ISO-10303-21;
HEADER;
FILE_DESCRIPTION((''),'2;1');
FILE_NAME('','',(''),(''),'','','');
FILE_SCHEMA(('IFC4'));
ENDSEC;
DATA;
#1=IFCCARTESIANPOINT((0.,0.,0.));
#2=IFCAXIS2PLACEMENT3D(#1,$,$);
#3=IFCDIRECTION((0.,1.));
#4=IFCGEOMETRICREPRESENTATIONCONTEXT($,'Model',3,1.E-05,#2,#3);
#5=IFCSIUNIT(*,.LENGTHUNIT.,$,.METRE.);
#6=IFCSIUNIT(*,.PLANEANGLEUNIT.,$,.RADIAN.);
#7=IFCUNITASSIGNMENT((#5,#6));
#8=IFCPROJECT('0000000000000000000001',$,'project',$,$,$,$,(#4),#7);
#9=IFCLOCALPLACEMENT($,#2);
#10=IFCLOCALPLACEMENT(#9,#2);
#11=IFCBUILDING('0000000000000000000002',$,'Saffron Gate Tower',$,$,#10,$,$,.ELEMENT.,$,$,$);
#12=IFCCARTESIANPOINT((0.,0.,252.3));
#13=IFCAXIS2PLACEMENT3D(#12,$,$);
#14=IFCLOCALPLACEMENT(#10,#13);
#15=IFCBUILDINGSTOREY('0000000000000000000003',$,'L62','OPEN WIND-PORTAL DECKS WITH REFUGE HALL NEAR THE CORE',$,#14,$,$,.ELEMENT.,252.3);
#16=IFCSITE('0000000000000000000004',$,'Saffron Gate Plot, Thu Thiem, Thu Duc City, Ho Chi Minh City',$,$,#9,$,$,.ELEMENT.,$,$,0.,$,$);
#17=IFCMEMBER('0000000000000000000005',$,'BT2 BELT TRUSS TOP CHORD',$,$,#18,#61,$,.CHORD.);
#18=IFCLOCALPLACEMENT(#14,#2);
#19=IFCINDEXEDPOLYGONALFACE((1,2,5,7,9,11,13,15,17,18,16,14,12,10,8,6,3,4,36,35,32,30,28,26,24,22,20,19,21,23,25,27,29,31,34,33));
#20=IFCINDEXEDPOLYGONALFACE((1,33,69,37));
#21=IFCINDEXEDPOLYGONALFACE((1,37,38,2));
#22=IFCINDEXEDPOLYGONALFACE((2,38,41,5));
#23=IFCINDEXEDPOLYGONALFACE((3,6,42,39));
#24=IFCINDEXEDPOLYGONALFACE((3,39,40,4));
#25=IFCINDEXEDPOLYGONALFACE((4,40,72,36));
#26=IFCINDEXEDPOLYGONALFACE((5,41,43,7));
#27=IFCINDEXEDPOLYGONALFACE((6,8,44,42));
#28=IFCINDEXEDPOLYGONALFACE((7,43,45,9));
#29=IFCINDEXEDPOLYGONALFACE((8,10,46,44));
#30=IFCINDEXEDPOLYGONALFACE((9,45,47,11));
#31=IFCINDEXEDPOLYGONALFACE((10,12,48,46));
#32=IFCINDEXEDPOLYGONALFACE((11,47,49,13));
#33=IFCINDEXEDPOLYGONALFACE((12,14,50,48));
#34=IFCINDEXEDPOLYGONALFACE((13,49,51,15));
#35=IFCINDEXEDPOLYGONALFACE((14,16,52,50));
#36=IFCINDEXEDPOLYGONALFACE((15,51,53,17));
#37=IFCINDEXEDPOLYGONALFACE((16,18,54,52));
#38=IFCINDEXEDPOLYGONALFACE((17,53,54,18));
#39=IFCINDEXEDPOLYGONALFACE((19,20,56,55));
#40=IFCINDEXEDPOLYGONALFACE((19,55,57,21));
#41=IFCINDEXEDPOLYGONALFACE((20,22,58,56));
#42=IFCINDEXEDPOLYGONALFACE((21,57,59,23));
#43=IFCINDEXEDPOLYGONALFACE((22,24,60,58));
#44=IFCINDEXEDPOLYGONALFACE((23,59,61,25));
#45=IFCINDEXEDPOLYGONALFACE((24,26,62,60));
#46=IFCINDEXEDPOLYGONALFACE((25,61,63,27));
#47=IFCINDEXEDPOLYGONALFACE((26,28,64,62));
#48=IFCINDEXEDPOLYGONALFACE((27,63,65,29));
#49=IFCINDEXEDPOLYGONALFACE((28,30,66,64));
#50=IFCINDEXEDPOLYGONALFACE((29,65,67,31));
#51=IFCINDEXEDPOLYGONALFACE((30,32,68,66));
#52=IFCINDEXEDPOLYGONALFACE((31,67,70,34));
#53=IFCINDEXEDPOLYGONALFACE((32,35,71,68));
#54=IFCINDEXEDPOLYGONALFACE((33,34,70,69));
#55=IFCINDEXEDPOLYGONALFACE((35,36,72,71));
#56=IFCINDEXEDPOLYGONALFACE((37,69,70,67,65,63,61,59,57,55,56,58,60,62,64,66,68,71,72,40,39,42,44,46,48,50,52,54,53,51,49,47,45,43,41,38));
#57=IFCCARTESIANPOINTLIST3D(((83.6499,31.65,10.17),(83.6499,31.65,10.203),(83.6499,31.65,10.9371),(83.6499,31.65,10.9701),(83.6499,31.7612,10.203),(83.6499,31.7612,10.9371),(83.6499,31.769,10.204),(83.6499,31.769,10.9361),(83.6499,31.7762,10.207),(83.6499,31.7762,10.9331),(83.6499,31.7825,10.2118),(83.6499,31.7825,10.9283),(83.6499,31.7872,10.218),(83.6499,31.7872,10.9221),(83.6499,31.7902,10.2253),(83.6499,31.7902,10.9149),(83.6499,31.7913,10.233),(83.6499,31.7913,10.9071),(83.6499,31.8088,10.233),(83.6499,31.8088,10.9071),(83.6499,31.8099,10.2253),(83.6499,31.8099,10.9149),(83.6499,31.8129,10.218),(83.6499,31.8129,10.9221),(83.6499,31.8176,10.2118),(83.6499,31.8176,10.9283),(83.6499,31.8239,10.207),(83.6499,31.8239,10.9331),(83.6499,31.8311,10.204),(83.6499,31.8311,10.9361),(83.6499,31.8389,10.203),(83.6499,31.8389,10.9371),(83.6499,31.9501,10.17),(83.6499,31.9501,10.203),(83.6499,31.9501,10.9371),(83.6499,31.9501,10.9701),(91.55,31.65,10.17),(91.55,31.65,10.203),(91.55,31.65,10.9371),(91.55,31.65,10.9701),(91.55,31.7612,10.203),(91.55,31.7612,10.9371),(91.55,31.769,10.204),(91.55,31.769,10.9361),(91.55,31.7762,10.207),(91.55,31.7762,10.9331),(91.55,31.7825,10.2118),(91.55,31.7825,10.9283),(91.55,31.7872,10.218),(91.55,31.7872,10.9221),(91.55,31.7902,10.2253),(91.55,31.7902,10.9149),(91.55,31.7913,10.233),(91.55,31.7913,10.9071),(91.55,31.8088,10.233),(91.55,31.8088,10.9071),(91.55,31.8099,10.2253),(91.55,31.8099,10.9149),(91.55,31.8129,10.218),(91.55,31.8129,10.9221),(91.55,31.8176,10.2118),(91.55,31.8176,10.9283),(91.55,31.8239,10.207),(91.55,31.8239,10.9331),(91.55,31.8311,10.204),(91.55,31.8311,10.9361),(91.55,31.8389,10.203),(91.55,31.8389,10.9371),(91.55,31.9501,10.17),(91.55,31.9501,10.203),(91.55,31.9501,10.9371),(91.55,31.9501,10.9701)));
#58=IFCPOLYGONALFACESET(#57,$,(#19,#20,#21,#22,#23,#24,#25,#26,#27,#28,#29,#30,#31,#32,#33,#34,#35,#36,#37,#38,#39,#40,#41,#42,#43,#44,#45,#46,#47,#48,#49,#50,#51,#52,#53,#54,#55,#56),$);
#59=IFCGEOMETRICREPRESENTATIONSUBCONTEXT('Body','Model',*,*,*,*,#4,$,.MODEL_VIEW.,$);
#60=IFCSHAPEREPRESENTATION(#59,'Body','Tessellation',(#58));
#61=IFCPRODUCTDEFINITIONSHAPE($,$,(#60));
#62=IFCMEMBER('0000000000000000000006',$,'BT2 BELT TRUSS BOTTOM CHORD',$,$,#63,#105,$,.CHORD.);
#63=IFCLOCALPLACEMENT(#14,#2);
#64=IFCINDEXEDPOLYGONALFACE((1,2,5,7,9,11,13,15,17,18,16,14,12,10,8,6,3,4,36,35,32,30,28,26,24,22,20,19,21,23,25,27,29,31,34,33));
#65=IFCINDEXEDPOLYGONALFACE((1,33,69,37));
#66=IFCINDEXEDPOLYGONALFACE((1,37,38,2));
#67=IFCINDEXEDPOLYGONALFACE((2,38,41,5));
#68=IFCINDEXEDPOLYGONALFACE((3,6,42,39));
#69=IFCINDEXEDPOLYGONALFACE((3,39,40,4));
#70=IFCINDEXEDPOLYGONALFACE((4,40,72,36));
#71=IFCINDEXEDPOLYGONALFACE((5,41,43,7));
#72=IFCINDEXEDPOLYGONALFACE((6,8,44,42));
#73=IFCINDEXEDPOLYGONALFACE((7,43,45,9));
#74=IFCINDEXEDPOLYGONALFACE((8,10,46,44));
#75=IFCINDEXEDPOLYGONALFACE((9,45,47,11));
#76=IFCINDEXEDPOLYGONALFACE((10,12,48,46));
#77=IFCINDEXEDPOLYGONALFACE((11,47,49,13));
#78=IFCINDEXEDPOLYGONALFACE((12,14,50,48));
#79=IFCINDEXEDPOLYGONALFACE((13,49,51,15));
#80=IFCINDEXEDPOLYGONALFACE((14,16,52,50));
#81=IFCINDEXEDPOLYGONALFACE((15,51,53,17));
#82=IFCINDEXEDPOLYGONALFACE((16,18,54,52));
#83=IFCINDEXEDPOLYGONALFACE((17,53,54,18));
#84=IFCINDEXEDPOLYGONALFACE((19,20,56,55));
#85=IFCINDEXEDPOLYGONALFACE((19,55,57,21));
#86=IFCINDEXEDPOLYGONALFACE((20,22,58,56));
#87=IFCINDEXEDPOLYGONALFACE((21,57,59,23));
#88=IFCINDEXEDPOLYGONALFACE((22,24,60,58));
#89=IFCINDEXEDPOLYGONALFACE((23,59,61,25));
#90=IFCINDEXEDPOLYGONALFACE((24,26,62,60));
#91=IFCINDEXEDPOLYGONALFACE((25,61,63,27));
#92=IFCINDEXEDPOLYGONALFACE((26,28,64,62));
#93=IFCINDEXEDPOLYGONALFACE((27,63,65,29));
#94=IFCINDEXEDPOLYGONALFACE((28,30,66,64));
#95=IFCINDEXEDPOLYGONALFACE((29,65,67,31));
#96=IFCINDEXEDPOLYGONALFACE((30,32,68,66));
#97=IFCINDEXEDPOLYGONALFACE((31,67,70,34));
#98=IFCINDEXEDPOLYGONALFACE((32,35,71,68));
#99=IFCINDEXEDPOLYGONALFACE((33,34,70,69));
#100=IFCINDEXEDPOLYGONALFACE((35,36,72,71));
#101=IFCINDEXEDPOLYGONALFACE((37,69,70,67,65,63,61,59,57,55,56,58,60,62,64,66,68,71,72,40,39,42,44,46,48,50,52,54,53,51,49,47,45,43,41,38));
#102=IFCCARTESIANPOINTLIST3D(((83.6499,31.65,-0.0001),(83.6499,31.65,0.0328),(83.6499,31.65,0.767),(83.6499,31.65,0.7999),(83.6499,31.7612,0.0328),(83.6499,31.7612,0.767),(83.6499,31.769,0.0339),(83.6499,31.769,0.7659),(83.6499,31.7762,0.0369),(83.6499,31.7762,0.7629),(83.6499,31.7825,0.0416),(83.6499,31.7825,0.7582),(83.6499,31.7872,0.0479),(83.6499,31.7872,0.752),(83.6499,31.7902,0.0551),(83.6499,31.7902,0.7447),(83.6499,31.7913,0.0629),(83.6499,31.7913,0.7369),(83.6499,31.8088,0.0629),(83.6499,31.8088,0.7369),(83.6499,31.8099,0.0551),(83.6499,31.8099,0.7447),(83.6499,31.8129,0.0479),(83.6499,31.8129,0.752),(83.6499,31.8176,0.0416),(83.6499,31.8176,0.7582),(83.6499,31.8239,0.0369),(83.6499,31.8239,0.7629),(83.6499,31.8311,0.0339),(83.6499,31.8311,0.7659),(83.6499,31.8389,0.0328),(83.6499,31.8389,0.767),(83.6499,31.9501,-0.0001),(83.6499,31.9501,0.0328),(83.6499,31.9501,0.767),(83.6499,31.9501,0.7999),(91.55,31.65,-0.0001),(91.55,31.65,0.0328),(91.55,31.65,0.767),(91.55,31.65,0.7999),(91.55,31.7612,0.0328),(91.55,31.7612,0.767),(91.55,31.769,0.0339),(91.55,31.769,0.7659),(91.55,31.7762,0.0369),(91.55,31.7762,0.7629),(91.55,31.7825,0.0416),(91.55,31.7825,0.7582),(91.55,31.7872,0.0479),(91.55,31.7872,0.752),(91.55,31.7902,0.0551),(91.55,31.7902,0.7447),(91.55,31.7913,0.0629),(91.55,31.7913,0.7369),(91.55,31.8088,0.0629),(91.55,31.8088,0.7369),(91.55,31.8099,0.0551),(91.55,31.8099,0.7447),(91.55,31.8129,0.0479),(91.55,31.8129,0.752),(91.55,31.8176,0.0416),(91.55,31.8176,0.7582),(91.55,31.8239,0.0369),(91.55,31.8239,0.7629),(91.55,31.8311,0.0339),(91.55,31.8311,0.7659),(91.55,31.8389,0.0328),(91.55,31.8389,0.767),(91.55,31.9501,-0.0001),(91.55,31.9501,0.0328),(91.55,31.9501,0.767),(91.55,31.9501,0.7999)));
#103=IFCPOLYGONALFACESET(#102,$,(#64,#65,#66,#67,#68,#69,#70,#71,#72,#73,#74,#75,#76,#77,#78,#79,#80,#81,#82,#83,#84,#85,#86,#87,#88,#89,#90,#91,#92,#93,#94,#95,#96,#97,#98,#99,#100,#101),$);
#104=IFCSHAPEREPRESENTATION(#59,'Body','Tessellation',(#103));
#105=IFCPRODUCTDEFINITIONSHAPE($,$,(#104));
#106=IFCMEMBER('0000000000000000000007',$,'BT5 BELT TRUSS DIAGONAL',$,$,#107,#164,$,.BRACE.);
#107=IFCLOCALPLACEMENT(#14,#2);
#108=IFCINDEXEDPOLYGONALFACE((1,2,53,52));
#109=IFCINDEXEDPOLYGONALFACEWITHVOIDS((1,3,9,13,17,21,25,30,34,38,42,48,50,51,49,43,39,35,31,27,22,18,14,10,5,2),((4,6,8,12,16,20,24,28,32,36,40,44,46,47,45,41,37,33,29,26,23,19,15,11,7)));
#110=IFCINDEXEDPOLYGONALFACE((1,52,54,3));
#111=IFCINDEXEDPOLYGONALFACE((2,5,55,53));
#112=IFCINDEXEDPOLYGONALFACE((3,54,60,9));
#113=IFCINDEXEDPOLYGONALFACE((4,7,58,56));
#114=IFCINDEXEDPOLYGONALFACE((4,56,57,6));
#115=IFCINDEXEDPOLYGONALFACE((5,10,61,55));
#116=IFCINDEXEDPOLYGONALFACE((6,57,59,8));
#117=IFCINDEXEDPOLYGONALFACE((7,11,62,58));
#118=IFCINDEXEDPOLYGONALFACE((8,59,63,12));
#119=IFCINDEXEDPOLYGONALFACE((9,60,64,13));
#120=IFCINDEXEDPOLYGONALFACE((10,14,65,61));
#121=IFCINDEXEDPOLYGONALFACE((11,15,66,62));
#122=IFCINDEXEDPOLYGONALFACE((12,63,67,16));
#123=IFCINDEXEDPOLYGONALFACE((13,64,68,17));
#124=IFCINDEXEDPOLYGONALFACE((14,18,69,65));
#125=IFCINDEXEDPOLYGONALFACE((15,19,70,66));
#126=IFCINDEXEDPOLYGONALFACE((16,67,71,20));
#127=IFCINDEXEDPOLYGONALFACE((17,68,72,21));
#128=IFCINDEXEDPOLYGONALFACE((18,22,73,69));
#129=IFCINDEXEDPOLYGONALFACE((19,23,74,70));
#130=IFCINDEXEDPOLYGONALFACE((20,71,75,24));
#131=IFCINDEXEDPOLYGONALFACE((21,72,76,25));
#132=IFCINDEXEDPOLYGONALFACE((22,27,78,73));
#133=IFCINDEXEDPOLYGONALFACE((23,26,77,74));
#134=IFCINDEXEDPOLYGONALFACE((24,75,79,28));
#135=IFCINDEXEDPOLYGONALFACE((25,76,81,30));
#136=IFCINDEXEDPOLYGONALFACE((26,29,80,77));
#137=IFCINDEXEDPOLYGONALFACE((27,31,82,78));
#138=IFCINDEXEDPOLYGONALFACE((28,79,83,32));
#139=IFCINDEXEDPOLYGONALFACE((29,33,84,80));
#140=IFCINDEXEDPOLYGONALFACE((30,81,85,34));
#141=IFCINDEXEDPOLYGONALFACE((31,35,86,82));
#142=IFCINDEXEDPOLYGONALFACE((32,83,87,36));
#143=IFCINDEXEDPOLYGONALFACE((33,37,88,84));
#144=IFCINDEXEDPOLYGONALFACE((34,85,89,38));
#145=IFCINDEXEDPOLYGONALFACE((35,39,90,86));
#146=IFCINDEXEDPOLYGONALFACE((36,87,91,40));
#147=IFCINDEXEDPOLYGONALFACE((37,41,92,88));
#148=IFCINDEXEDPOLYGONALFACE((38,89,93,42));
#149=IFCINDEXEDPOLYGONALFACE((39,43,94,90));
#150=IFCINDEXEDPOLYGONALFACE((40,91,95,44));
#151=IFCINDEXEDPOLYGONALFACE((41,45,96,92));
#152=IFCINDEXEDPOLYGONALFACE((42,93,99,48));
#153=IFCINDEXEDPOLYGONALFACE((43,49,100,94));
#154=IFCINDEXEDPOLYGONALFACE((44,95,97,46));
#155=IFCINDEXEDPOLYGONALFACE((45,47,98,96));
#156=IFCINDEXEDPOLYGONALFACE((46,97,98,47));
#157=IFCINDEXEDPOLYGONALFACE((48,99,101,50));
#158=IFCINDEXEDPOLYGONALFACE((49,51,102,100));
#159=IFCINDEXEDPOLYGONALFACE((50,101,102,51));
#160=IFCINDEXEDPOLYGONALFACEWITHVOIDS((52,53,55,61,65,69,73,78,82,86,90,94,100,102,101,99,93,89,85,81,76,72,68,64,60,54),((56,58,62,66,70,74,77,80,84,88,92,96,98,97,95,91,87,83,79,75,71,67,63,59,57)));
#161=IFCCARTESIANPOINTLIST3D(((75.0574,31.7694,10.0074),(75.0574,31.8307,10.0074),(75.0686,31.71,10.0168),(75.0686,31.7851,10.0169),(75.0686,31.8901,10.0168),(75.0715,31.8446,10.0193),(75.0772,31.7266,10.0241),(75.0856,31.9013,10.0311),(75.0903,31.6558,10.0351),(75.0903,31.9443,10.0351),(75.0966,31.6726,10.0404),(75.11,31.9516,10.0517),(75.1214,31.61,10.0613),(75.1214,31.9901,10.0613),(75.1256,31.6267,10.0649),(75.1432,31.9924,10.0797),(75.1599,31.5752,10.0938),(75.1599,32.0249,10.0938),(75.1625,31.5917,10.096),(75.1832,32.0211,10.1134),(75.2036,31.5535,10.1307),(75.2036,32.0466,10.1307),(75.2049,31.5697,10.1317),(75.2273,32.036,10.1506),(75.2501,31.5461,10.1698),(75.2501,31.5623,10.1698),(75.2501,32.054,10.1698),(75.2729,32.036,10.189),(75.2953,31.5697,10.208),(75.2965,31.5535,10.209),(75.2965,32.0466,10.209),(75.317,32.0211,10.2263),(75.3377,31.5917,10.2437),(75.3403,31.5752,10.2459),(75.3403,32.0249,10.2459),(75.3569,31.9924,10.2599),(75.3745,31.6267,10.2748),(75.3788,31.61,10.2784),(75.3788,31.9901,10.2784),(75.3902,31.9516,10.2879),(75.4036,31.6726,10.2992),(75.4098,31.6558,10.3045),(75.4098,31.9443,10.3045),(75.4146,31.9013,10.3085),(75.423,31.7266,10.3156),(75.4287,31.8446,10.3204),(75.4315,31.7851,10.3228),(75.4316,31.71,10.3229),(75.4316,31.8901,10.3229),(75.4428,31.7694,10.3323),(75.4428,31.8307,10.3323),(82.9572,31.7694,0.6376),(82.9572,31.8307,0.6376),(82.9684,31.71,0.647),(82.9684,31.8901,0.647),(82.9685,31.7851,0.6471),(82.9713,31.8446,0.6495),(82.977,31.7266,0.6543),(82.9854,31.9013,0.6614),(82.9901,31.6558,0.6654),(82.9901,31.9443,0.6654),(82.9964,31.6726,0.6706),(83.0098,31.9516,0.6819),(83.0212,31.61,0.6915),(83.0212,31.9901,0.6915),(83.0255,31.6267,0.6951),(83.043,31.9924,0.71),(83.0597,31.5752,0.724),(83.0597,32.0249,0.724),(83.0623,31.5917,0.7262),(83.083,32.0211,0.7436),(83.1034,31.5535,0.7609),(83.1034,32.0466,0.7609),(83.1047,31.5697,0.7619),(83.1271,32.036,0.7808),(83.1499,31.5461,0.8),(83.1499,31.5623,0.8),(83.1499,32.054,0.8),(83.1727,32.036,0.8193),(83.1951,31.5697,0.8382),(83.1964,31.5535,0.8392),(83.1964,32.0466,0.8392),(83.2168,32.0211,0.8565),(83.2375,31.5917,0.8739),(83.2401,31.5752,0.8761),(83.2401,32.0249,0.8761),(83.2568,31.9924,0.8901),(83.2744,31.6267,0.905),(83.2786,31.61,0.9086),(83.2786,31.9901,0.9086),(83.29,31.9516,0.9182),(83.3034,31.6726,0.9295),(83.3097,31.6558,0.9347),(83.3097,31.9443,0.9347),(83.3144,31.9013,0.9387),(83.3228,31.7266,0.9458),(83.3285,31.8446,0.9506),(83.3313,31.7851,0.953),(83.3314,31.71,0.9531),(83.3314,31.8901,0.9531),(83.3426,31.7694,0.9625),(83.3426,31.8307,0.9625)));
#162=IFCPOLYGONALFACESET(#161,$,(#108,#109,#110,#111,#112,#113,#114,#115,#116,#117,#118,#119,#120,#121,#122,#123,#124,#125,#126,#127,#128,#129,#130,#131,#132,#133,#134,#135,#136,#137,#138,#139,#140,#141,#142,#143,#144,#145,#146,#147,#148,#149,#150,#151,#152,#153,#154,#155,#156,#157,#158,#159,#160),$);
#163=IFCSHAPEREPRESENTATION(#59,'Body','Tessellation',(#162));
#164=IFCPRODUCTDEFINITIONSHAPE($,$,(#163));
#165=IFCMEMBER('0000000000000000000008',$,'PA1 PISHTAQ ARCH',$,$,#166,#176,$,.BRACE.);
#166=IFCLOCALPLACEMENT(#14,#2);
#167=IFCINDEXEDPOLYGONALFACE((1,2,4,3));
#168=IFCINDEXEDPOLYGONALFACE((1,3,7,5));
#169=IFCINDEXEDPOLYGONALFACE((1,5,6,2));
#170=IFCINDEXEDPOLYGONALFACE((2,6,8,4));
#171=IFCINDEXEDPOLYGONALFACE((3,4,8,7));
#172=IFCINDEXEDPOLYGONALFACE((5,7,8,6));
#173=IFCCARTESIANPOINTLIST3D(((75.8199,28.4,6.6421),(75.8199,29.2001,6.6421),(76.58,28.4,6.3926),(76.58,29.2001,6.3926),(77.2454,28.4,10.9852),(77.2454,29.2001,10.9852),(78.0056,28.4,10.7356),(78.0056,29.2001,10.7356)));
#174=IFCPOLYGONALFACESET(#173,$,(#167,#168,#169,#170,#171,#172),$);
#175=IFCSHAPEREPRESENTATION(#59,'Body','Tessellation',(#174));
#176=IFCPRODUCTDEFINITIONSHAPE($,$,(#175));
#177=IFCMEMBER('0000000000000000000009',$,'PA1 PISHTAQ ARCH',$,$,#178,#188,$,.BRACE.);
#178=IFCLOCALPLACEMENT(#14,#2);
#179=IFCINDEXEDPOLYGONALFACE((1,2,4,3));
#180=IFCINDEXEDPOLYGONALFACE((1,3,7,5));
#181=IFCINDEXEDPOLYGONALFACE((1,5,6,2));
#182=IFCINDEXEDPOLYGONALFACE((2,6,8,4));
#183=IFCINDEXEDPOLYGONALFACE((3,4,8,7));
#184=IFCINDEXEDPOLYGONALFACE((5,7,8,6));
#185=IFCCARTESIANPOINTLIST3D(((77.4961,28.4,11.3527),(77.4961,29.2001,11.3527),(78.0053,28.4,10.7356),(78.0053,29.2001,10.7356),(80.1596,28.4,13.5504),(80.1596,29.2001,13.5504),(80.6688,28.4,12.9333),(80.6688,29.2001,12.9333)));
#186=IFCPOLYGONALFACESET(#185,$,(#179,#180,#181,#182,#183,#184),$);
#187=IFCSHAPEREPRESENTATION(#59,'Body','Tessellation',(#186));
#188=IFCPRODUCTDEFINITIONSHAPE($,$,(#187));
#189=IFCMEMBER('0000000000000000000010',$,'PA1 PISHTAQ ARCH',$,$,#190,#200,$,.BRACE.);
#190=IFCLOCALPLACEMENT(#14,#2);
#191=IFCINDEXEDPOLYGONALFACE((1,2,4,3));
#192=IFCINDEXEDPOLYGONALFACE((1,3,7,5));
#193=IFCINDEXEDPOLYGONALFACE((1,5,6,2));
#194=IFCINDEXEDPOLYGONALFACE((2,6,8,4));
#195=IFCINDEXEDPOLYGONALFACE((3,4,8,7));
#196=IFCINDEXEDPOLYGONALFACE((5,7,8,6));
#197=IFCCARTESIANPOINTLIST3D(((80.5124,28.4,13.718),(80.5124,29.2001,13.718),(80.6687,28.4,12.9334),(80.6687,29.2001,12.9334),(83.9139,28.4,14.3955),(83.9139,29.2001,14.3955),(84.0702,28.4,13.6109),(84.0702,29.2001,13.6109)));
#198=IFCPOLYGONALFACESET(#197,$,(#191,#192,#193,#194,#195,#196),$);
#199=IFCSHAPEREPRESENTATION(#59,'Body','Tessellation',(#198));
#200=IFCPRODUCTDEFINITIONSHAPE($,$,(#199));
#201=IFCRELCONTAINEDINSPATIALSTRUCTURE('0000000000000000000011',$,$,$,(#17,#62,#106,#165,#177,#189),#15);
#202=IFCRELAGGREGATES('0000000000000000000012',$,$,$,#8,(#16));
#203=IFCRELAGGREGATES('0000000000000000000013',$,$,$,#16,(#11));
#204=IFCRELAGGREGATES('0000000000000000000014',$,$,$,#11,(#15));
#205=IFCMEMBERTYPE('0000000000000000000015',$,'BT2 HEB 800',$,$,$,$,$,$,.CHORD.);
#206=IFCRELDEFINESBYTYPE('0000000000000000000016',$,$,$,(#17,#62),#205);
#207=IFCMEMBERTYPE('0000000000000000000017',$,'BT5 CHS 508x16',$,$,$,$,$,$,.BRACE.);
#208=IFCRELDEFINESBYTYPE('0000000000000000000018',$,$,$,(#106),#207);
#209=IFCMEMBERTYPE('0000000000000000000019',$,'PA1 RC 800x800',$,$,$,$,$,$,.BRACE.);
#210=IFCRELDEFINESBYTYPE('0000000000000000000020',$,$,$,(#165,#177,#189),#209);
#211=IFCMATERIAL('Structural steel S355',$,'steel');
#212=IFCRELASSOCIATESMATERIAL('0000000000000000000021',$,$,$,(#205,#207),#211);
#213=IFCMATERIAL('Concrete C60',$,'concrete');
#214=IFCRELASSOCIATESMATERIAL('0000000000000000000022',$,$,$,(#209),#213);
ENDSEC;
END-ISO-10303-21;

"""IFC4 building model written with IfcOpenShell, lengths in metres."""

from ifc_helpers import new_model, si_unit, direction, frame, origin, origin_2d, place, context, subcontext, project, spatial, rectangle, hollow_circle, i_section, extrude, material, material_profile, profile_set, type_object, element, save


model = new_model("IFC4")

# Units and contexts
model_context = context("Model", 3, precision=1e-05, world=origin(), true_north=direction((0.0, 1.0)))
body_context = subcontext(model_context, "Body", "Model", "MODEL_VIEW")
ifc_project = project(units=[si_unit("LENGTHUNIT", "METRE"), si_unit("PLANEANGLEUNIT", "RADIAN")], contexts=[model_context])

# Site, building, storey
site_placement = place(None, origin())
site = spatial("IfcSite", under=ifc_project, at=site_placement, Name="Saffron Gate Plot, Thu Thiem, Thu Duc City, Ho Chi Minh City", CompositionType="ELEMENT", RefElevation=0.0)
building_placement = place(site_placement, origin())
building = spatial("IfcBuilding", under=site, at=building_placement, Name="Saffron Gate Tower", CompositionType="ELEMENT")
storey_placement = place(building_placement, frame((0.0, 0.0, 252.3)))
storey = spatial("IfcBuildingStorey", under=building, at=storey_placement, Name="L62", Description="OPEN WIND-PORTAL DECKS WITH REFUGE HALL NEAR THE CORE", CompositionType="ELEMENT", Elevation=252.3)

# Shared definitions
ifc_material_1 = material(Name="Structural steel S355", Category="steel")

# Members
ifc_material_profile_1 = material_profile(ifc_material_1, i_section(OverallWidth=0.3, OverallDepth=0.8, WebThickness=0.0176, FlangeThickness=0.033, FilletRadius=0.03, at=origin_2d()))
ifc_profile_set_1 = profile_set([ifc_material_profile_1], Name="Structural steel S355")
member_type_1 = type_object("IfcMemberType", Name="BT2 HEB 800", PredefinedType="CHORD", material=ifc_profile_set_1)
for number, where, z_axis, x_axis, name in (
    (1, (83.6499, 31.8, 10.5701), (1.0, 0.0, 0.0), (0.0, 1.0, 0.0), "BT2 BELT TRUSS TOP CHORD"),
    (2, (83.6499, 31.8, 0.3999), (1.0, 0.0, 0.0), (0.0, 1.0, 0.0), "BT2 BELT TRUSS BOTTOM CHORD"),
):
    element("IfcMember", number, at=place(storey_placement, frame(where, z_axis=z_axis, x_axis=x_axis)), inside=storey, type_object=member_type_1, Name=name, PredefinedType="CHORD", context=body_context, shape_type="SweptSolid", body=[
        extrude(i_section(OverallWidth=0.3, OverallDepth=0.8, WebThickness=0.0176, FlangeThickness=0.033, FilletRadius=0.03, at=origin_2d()), origin(), (0.0, 0.0, 1.0), 7.9001),
    ])
ifc_material_profile_2 = material_profile(ifc_material_1, hollow_circle(Radius=0.2539, WallThickness=0.0161, at=origin_2d()))
ifc_profile_set_2 = profile_set([ifc_material_profile_2], Name="Structural steel S355")
member_type_2 = type_object("IfcMemberType", Name="BT5 CHS 508x16", PredefinedType="BRACE", material=ifc_profile_set_2)
member_1_placement = place(storey_placement, frame((83.1499, 31.8, 0.8), z_axis=(-0.644588, 0.0, 0.76453), x_axis=(0.0, -1.0, 0.0)))
element("IfcMember", 3, at=member_1_placement, inside=storey, type_object=member_type_2, Name="BT5 BELT TRUSS DIAGONAL", PredefinedType="BRACE", context=body_context, shape_type="SweptSolid", body=[
    extrude(hollow_circle(Radius=0.2539, WallThickness=0.0161, at=origin_2d()), origin(), (0.0, 0.0, 1.0), 12.2556),
])
ifc_material_2 = material(Name="Concrete C60", Category="concrete")
ifc_material_profile_3 = material_profile(ifc_material_2, rectangle(XDim=0.8, YDim=0.8, at=origin_2d()))
ifc_profile_set_3 = profile_set([ifc_material_profile_3], Name="Concrete C60")
member_type_3 = type_object("IfcMemberType", Name="PA1 RC 800x800", PredefinedType="BRACE", material=ifc_profile_set_3)
member_2_placement = place(storey_placement, frame((76.2, 28.8, 6.5173), z_axis=(0.311866, 0.0, 0.950126), x_axis=(0.0, 1.0, 0.0)))
element("IfcMember", 4, at=member_2_placement, inside=storey, type_object=member_type_3, Name="PA1 PISHTAQ ARCH", PredefinedType="BRACE", context=body_context, shape_type="SweptSolid", body=[
    extrude(rectangle(XDim=0.8, YDim=0.8, at=origin_2d()), origin(), (0.0, 0.0, 1.0), 4.571),
])
member_3_placement = place(storey_placement, frame((77.7507, 28.8, 11.0442), z_axis=(0.77133, 0.0, 0.636436), x_axis=(0.0, 1.0, 0.0)))
element("IfcMember", 5, at=member_3_placement, inside=storey, type_object=member_type_3, Name="PA1 PISHTAQ ARCH", PredefinedType="BRACE", context=body_context, shape_type="SweptSolid", body=[
    extrude(rectangle(XDim=0.8, YDim=0.8, at=origin_2d()), origin(), (0.0, 0.0, 1.0), 3.4531),
])
member_4_placement = place(storey_placement, frame((80.5906, 28.8, 13.3257), z_axis=(0.980735, 0.0, 0.195344), x_axis=(0.0, 1.0, 0.0)))
element("IfcMember", 6, at=member_4_placement, inside=storey, type_object=member_type_3, Name="PA1 PISHTAQ ARCH", PredefinedType="BRACE", context=body_context, shape_type="SweptSolid", body=[
    extrude(rectangle(XDim=0.8, YDim=0.8, at=origin_2d()), origin(), (0.0, 0.0, 1.0), 3.4683),
])

save(model, "model.ifc")
